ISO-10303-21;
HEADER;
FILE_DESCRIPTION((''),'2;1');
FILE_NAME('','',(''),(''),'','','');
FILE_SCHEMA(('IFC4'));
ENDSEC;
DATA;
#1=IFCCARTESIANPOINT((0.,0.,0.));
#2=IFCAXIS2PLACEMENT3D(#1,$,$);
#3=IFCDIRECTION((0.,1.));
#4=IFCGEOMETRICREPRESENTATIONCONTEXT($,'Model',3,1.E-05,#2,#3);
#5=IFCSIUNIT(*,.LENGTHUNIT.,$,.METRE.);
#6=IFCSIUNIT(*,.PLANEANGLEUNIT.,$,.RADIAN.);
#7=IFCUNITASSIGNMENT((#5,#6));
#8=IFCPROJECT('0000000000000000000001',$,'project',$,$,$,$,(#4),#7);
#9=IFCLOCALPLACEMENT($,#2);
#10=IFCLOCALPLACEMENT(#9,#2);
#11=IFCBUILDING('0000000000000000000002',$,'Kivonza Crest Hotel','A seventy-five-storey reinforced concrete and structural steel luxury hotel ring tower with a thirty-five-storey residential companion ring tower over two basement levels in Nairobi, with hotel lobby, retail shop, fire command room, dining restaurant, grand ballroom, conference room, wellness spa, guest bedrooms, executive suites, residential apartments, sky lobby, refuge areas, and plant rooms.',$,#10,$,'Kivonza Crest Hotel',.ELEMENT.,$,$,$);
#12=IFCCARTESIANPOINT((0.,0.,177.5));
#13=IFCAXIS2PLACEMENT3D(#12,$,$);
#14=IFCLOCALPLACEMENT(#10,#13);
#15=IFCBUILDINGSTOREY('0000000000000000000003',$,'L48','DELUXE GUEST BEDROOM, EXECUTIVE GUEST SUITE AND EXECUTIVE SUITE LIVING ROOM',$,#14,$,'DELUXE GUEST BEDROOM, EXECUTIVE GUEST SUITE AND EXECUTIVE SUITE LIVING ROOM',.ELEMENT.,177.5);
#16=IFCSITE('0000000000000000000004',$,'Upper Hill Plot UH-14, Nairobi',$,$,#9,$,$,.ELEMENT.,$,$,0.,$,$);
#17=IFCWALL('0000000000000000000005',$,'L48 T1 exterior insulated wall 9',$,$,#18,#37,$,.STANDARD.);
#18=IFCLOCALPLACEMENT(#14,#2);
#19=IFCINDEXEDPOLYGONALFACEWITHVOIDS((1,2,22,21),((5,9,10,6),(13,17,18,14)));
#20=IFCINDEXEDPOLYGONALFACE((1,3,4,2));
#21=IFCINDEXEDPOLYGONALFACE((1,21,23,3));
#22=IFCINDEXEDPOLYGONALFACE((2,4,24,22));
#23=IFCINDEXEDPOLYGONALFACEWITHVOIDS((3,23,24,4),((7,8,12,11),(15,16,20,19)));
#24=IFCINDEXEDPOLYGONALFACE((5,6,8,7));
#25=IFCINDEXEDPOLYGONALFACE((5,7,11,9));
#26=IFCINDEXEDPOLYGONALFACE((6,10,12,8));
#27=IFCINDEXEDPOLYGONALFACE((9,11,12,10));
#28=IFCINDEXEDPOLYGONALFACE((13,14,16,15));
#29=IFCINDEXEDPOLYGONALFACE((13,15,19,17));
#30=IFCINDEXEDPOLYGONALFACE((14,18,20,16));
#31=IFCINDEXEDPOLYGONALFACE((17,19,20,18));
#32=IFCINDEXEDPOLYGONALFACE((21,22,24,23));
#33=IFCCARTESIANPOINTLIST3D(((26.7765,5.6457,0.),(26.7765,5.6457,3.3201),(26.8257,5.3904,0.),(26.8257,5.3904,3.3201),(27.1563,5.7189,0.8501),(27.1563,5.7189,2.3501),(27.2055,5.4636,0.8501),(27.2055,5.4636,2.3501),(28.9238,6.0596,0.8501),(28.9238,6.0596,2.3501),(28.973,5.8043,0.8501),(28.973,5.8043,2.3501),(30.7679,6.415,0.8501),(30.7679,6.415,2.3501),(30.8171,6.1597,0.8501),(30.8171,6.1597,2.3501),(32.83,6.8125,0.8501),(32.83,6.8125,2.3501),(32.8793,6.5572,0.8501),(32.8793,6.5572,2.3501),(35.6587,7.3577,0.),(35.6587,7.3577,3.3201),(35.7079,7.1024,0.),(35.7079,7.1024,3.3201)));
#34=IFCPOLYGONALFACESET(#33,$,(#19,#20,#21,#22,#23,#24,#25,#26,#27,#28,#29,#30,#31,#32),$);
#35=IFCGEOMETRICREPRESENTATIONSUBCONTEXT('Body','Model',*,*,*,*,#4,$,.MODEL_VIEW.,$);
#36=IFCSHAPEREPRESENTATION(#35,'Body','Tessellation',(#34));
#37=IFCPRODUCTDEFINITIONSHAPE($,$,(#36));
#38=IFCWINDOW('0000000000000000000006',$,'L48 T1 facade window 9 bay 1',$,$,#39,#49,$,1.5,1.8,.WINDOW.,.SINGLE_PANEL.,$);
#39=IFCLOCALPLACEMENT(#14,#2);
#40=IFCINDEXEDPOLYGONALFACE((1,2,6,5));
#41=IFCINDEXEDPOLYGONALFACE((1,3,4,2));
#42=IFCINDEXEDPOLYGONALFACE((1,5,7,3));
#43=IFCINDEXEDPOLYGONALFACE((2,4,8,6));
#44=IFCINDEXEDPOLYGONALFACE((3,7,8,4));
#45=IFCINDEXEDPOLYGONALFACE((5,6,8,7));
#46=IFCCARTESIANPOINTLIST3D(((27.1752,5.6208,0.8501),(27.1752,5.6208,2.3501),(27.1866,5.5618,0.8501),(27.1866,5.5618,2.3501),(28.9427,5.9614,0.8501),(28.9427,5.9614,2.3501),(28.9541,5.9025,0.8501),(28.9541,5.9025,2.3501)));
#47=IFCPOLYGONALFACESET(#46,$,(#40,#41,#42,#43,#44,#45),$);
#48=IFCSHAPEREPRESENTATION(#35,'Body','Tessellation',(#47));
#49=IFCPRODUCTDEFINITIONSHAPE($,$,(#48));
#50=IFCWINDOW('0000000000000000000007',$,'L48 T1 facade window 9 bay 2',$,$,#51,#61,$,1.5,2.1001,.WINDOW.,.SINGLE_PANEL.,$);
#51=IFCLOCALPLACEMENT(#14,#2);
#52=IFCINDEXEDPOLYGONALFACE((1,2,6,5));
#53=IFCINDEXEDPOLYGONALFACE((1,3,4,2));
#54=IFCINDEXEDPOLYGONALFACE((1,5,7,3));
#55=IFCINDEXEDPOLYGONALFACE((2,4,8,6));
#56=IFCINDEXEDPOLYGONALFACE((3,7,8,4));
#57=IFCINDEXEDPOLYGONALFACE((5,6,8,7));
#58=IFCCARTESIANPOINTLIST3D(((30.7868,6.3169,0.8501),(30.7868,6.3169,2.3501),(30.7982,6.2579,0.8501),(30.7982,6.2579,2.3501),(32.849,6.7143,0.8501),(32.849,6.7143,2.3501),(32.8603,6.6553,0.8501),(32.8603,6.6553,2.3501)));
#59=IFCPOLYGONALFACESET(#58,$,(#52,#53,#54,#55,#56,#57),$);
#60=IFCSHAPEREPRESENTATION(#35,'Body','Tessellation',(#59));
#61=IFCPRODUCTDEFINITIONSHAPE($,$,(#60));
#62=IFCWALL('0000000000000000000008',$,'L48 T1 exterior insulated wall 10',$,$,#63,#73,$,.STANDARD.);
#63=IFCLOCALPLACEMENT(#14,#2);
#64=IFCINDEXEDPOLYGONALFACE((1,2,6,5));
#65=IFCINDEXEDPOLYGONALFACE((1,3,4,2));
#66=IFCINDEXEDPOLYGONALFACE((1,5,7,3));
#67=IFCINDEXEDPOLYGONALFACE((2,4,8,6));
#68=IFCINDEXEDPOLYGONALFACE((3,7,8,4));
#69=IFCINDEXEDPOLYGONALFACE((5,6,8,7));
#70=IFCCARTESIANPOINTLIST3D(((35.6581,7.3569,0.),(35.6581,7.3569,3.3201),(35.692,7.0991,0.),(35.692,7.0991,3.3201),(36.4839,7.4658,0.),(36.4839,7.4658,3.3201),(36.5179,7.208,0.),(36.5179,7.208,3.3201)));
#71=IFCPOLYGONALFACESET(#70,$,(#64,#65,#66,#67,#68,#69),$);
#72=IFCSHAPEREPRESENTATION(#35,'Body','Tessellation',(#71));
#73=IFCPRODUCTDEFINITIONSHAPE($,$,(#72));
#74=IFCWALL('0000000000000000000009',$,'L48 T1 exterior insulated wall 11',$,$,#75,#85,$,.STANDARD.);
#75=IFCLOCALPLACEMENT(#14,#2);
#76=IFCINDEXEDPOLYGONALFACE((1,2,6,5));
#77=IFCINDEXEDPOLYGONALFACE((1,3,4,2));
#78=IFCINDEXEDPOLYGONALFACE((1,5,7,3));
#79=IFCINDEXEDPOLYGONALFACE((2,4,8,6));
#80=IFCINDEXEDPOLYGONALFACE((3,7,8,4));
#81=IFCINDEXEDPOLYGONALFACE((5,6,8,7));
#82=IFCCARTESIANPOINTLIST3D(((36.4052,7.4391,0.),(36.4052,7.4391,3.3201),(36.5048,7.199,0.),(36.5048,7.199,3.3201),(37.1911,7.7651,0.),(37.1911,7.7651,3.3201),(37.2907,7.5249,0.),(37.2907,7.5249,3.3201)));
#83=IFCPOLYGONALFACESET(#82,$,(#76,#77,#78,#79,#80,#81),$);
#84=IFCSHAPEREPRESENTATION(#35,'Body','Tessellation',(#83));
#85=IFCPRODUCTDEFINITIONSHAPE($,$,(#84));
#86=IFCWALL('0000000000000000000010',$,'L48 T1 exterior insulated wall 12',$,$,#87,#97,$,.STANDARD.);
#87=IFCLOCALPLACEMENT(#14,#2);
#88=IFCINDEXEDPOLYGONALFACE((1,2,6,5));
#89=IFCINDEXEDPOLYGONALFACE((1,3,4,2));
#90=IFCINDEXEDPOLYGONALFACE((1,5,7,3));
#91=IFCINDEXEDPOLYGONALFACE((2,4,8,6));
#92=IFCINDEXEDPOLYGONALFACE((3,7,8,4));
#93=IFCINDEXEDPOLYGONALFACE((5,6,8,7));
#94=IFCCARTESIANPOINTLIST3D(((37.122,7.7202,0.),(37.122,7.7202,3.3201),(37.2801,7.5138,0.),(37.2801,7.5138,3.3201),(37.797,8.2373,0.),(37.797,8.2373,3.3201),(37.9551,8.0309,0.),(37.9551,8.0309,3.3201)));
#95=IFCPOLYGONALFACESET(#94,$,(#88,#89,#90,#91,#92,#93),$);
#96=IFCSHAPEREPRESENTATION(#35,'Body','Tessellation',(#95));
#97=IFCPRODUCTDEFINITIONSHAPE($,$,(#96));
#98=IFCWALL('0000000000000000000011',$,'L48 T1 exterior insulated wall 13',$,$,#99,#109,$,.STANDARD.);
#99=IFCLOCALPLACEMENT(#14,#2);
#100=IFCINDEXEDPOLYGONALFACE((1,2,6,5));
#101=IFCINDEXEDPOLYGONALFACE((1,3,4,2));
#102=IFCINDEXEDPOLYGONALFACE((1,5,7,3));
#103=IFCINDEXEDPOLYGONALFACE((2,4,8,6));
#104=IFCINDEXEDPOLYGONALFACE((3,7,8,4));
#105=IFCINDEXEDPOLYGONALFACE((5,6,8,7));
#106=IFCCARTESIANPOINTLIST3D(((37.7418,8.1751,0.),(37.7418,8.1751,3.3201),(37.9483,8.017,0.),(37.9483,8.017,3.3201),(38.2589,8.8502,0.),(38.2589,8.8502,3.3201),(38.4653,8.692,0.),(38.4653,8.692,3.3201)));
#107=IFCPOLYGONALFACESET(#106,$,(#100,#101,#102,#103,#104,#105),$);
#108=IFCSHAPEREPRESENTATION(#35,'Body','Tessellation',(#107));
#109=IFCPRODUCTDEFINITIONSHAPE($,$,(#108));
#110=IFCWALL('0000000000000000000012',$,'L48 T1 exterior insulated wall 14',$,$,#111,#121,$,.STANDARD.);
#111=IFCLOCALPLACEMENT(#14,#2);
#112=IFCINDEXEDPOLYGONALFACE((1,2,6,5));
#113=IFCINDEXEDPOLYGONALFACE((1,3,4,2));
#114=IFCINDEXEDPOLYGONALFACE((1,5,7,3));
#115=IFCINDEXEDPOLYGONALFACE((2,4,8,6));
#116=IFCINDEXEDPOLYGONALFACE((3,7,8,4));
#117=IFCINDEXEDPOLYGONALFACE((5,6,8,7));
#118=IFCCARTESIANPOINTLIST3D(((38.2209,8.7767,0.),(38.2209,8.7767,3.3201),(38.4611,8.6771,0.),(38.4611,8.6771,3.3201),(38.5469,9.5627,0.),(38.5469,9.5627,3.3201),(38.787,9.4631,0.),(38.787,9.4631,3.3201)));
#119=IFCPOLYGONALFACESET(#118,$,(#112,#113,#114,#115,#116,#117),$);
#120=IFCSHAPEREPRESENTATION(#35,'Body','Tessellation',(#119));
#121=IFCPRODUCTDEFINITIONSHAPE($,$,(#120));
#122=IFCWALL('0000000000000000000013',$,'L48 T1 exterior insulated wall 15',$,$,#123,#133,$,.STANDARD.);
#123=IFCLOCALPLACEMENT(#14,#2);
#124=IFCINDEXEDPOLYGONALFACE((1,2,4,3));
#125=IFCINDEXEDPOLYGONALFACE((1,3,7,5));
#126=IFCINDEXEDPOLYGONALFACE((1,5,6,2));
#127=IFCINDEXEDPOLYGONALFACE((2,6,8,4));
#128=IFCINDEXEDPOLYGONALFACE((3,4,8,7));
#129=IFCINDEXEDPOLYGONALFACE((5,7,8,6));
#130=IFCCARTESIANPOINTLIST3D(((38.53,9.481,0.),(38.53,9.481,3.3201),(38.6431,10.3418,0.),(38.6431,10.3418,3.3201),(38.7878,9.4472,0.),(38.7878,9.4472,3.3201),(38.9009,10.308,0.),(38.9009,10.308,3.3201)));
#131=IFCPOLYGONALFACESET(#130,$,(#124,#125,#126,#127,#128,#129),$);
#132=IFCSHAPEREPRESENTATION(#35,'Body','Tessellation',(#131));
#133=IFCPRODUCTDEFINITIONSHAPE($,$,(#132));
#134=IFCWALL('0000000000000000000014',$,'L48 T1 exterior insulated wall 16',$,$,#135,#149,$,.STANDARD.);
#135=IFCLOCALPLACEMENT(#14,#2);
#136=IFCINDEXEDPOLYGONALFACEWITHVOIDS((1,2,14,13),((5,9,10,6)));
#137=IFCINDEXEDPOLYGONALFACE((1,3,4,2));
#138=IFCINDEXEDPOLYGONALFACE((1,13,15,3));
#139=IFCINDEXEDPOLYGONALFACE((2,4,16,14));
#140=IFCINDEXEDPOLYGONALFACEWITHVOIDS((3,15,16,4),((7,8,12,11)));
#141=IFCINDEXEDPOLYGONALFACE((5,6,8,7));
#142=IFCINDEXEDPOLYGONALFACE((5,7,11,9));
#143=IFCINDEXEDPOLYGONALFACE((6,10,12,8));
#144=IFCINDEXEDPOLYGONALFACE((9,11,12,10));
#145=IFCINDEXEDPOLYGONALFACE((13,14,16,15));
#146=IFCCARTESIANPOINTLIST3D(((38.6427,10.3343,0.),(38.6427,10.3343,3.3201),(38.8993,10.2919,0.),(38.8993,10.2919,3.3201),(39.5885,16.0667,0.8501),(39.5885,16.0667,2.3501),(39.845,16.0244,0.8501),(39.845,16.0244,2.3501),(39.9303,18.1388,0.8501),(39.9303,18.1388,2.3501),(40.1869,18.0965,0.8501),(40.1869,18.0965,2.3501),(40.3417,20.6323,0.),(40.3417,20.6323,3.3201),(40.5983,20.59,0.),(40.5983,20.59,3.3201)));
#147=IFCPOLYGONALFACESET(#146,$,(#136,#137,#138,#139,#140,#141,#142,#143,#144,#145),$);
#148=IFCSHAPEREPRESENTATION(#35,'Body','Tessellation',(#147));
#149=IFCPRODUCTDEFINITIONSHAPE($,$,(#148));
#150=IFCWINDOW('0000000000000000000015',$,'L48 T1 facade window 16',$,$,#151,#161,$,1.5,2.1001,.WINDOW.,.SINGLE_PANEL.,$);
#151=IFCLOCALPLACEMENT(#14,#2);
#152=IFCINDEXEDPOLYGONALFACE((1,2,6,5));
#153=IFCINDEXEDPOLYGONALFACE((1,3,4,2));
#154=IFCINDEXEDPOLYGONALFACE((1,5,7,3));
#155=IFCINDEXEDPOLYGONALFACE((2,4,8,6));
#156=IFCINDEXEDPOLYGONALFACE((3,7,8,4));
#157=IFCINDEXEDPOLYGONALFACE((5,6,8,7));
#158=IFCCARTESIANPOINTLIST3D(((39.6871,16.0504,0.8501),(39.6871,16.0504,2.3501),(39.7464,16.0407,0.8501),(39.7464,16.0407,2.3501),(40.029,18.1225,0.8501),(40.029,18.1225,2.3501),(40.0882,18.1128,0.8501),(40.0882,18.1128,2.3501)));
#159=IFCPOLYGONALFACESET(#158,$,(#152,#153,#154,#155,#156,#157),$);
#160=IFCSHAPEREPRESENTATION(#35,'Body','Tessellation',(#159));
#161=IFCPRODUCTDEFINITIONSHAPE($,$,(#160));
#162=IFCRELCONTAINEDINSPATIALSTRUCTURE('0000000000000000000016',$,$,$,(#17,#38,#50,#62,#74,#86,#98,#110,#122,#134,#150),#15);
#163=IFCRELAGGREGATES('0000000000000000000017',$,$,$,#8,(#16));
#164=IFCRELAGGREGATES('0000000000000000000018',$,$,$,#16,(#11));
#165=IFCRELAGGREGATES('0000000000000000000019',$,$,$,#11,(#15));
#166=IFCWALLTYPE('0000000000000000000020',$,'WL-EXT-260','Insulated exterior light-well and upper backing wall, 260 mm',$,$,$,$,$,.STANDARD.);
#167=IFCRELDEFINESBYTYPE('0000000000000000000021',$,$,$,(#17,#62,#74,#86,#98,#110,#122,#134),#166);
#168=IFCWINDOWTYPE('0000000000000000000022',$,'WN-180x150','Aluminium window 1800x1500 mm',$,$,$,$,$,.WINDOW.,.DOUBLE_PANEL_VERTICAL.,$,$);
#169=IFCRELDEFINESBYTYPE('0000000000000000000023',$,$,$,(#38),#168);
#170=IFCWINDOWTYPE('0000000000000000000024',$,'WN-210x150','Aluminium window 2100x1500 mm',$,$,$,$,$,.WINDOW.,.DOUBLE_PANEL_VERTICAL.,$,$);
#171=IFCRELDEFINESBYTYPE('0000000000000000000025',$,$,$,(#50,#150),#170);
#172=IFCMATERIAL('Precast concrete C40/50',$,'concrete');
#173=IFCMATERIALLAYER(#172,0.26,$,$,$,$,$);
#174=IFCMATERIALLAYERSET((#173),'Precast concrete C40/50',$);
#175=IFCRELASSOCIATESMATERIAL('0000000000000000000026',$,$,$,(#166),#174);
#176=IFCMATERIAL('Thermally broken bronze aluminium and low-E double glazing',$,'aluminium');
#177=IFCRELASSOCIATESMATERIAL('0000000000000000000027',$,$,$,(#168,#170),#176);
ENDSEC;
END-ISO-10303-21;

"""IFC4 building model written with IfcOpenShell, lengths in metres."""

from ifc_helpers import new_model, si_unit, direction, frame, frame_2d, origin, place, context, subcontext, project, spatial, rectangle, extrude, material, layer, layer_set, type_object, element, fill, save


model = new_model("IFC4")

# Units and contexts
model_context = context("Model", 3, precision=1e-05, world=origin(), true_north=direction((0.0, 1.0)))
body_context = subcontext(model_context, "Body", "Model", "MODEL_VIEW")
ifc_project = project(units=[si_unit("LENGTHUNIT", "METRE"), si_unit("PLANEANGLEUNIT", "RADIAN")], contexts=[model_context])

# Site, building, storey
site_placement = place(None, origin())
site = spatial("IfcSite", under=ifc_project, at=site_placement, Name="Upper Hill Plot UH-14, Nairobi", CompositionType="ELEMENT", RefElevation=0.0)
building_placement = place(site_placement, origin())
building = spatial("IfcBuilding", under=site, at=building_placement, Name="Kivonza Crest Hotel", Description="A seventy-five-storey reinforced concrete and structural steel luxury hotel ring tower with a thirty-five-storey residential companion ring tower over two basement levels in Nairobi, with hotel lobby, retail shop, fire command room, dining restaurant, grand ballroom, conference room, wellness spa, guest bedrooms, executive suites, residential apartments, sky lobby, refuge areas, and plant rooms.", LongName="Kivonza Crest Hotel", CompositionType="ELEMENT")
storey_placement = place(building_placement, frame((0.0, 0.0, 177.5)))
storey = spatial("IfcBuildingStorey", under=building, at=storey_placement, Name="L48", Description="DELUXE GUEST BEDROOM, EXECUTIVE GUEST SUITE AND EXECUTIVE SUITE LIVING ROOM", LongName="DELUXE GUEST BEDROOM, EXECUTIVE GUEST SUITE AND EXECUTIVE SUITE LIVING ROOM", CompositionType="ELEMENT", Elevation=177.5)

# Wall, openings, windows
ifc_material_1 = material(Name="Precast concrete C40/50", Category="concrete")
ifc_layer_1 = layer(ifc_material_1, 0.26)
ifc_layer_set_1 = layer_set([ifc_layer_1], Name="Precast concrete C40/50")
wall_type_1 = type_object("IfcWallType", Name="WL-EXT-260", Description="Insulated exterior light-well and upper backing wall, 260 mm", PredefinedType="STANDARD", material=ifc_layer_set_1)
wall_1_placement = place(storey_placement, frame((26.801, 5.5181, 0.0), z_axis=(0.0, 0.0, 1.0), x_axis=(0.981928, 0.189255, 0.0)))
wall_1 = element("IfcWall", 1, at=wall_1_placement, inside=storey, type_object=wall_type_1, Name="L48 T1 exterior insulated wall 9", PredefinedType="STANDARD", context=body_context, shape_type="SweptSolid", body=[
    extrude(rectangle(XDim=9.0457, YDim=0.26, at=frame_2d((4.5229, 0.0))), origin(), (0.0, 0.0, 1.0), 3.3201),
])
opening_1_placement = place(wall_1_placement, frame((0.387, 0.0, 0.8501)))
opening_1 = element("IfcOpeningElement", 2, at=opening_1_placement, cuts=wall_1, PredefinedType="OPENING", context=body_context, shape_type="SweptSolid", body=[
    extrude(rectangle(XDim=1.8, YDim=1.5, at=frame_2d((0.8999, 0.75))), frame((0.0, 0.1401, 0.0), z_axis=(0.0, -1.0, 0.0), x_axis=(1.0, 0.0, 0.0)), (0.0, 0.0, 1.0), 0.28),
])
opening_2_placement = place(wall_1_placement, frame((4.0649, 0.0, 0.8501)))
opening_2 = element("IfcOpeningElement", 3, at=opening_2_placement, cuts=wall_1, PredefinedType="OPENING", context=body_context, shape_type="SweptSolid", body=[
    extrude(rectangle(XDim=2.1001, YDim=1.5, at=frame_2d((1.05, 0.75))), frame((0.0, 0.1401, 0.0), z_axis=(0.0, -1.0, 0.0), x_axis=(1.0, 0.0, 0.0)), (0.0, 0.0, 1.0), 0.28),
])
ifc_material_2 = material(Name="Thermally broken bronze aluminium and low-E double glazing", Category="aluminium")
window_type_1 = type_object("IfcWindowType", Name="WN-180x150", Description="Aluminium window 1800x1500 mm", PartitioningType="DOUBLE_PANEL_VERTICAL", PredefinedType="WINDOW", material=ifc_material_2)
window_1_placement = place(opening_1_placement, origin())
window_1 = element("IfcWindow", 4, at=window_1_placement, inside=storey, type_object=window_type_1, Name="L48 T1 facade window 9 bay 1", OverallHeight=1.5, OverallWidth=1.8, PartitioningType="SINGLE_PANEL", PredefinedType="WINDOW", context=body_context, shape_type="SweptSolid", body=[
    extrude(rectangle(XDim=1.8, YDim=1.5, at=frame_2d((0.8999, 0.75))), frame((0.0, 0.03, 0.0), z_axis=(0.0, -1.0, 0.0), x_axis=(1.0, 0.0, 0.0)), (0.0, 0.0, 1.0), 0.0601),
])
fill(opening_1, window_1)
window_type_2 = type_object("IfcWindowType", Name="WN-210x150", Description="Aluminium window 2100x1500 mm", PartitioningType="DOUBLE_PANEL_VERTICAL", PredefinedType="WINDOW", material=ifc_material_2)
window_2_placement = place(opening_2_placement, origin())
window_2 = element("IfcWindow", 5, at=window_2_placement, inside=storey, type_object=window_type_2, Name="L48 T1 facade window 9 bay 2", OverallHeight=1.5, OverallWidth=2.1001, PartitioningType="SINGLE_PANEL", PredefinedType="WINDOW", context=body_context, shape_type="SweptSolid", body=[
    extrude(rectangle(XDim=2.1001, YDim=1.5, at=frame_2d((1.05, 0.75))), frame((0.0, 0.03, 0.0), z_axis=(0.0, -1.0, 0.0), x_axis=(1.0, 0.0, 0.0)), (0.0, 0.0, 1.0), 0.0601),
])
fill(opening_2, window_2)

# Walls
wall_2_placement = place(storey_placement, frame((35.675, 7.228, 0.0), z_axis=(0.0, 0.0, 1.0), x_axis=(0.991421, 0.130705, 0.0)))
element("IfcWall", 6, at=wall_2_placement, inside=storey, type_object=wall_type_1, Name="L48 T1 exterior insulated wall 10", PredefinedType="STANDARD", context=body_context, shape_type="SweptSolid", body=[
    extrude(rectangle(XDim=0.833, YDim=0.26, at=frame_2d((0.4165, 0.0))), origin(), (0.0, 0.0, 1.0), 3.3201),
])
wall_3_placement = place(storey_placement, frame((36.4551, 7.3191, 0.0), z_axis=(0.0, 0.0, 1.0), x_axis=(0.923712, 0.383087, 0.0)))
element("IfcWall", 7, at=wall_3_placement, inside=storey, type_object=wall_type_1, Name="L48 T1 exterior insulated wall 11", PredefinedType="STANDARD", context=body_context, shape_type="SweptSolid", body=[
    extrude(rectangle(XDim=0.8508, YDim=0.26, at=frame_2d((0.4253, 0.0))), origin(), (0.0, 0.0, 1.0), 3.3201),
])
for number, where, z_axis, x_axis, name in (
    (8, (37.2009, 7.6169, 0.0), (0.0, 0.0, 1.0), (0.79386, 0.6081, 0.0), "L48 T1 exterior insulated wall 12"),
    (9, (37.845, 8.0959, 0.0), (0.0, 0.0, 1.0), (0.6081, 0.79386, 0.0), "L48 T1 exterior insulated wall 13"),
):
    element("IfcWall", number, at=place(storey_placement, frame(where, z_axis=z_axis, x_axis=x_axis)), inside=storey, type_object=wall_type_1, Name=name, PredefinedType="STANDARD", context=body_context, shape_type="SweptSolid", body=[
        extrude(rectangle(XDim=0.8503, YDim=0.26, at=frame_2d((0.4253, 0.0))), origin(), (0.0, 0.0, 1.0), 3.3201),
    ])
wall_4_placement = place(storey_placement, frame((38.3411, 8.7271, 0.0), z_axis=(0.0, 0.0, 1.0), x_axis=(0.383087, 0.923712, 0.0)))
element("IfcWall", 10, at=wall_4_placement, inside=storey, type_object=wall_type_1, Name="L48 T1 exterior insulated wall 14", PredefinedType="STANDARD", context=body_context, shape_type="SweptSolid", body=[
    extrude(rectangle(XDim=0.8508, YDim=0.26, at=frame_2d((0.4253, 0.0))), origin(), (0.0, 0.0, 1.0), 3.3201),
])
wall_5_placement = place(storey_placement, frame((38.6589, 9.4641, 0.0), z_axis=(0.0, 0.0, 1.0), x_axis=(0.130193, 0.991489, 0.0)))
element("IfcWall", 11, at=wall_5_placement, inside=storey, type_object=wall_type_1, Name="L48 T1 exterior insulated wall 15", PredefinedType="STANDARD", context=body_context, shape_type="SweptSolid", body=[
    extrude(rectangle(XDim=0.8682, YDim=0.26, at=frame_2d((0.4341, 0.0))), origin(), (0.0, 0.0, 1.0), 3.3201),
])

# Wall, opening, window
wall_6_placement = place(storey_placement, frame((38.771, 10.313, 0.0), z_axis=(0.0, 0.0, 1.0), x_axis=(0.162779, 0.986663, 0.0)))
wall_6 = element("IfcWall", 12, at=wall_6_placement, inside=storey, type_object=wall_type_1, Name="L48 T1 exterior insulated wall 16", PredefinedType="STANDARD", context=body_context, shape_type="SweptSolid", body=[
    extrude(rectangle(XDim=10.4373, YDim=0.26, at=frame_2d((5.2188, 0.0))), origin(), (0.0, 0.0, 1.0), 3.3201),
])
opening_3_placement = place(wall_6_placement, frame((5.8101, 0.0, 0.8501)))
opening_3 = element("IfcOpeningElement", 13, at=opening_3_placement, cuts=wall_6, PredefinedType="OPENING", context=body_context, shape_type="SweptSolid", body=[
    extrude(rectangle(XDim=2.1001, YDim=1.5, at=frame_2d((1.05, 0.75))), frame((0.0, 0.1401, 0.0), z_axis=(0.0, -1.0, 0.0), x_axis=(1.0, 0.0, 0.0)), (0.0, 0.0, 1.0), 0.28),
])
window_3_placement = place(opening_3_placement, origin())
window_3 = element("IfcWindow", 14, at=window_3_placement, inside=storey, type_object=window_type_2, Name="L48 T1 facade window 16", OverallHeight=1.5, OverallWidth=2.1001, PartitioningType="SINGLE_PANEL", PredefinedType="WINDOW", context=body_context, shape_type="SweptSolid", body=[
    extrude(rectangle(XDim=2.1001, YDim=1.5, at=frame_2d((1.05, 0.75))), frame((0.0, 0.03, 0.0), z_axis=(0.0, -1.0, 0.0), x_axis=(1.0, 0.0, 0.0)), (0.0, 0.0, 1.0), 0.0601),
])
fill(opening_3, window_3)

save(model, "model.ifc")
